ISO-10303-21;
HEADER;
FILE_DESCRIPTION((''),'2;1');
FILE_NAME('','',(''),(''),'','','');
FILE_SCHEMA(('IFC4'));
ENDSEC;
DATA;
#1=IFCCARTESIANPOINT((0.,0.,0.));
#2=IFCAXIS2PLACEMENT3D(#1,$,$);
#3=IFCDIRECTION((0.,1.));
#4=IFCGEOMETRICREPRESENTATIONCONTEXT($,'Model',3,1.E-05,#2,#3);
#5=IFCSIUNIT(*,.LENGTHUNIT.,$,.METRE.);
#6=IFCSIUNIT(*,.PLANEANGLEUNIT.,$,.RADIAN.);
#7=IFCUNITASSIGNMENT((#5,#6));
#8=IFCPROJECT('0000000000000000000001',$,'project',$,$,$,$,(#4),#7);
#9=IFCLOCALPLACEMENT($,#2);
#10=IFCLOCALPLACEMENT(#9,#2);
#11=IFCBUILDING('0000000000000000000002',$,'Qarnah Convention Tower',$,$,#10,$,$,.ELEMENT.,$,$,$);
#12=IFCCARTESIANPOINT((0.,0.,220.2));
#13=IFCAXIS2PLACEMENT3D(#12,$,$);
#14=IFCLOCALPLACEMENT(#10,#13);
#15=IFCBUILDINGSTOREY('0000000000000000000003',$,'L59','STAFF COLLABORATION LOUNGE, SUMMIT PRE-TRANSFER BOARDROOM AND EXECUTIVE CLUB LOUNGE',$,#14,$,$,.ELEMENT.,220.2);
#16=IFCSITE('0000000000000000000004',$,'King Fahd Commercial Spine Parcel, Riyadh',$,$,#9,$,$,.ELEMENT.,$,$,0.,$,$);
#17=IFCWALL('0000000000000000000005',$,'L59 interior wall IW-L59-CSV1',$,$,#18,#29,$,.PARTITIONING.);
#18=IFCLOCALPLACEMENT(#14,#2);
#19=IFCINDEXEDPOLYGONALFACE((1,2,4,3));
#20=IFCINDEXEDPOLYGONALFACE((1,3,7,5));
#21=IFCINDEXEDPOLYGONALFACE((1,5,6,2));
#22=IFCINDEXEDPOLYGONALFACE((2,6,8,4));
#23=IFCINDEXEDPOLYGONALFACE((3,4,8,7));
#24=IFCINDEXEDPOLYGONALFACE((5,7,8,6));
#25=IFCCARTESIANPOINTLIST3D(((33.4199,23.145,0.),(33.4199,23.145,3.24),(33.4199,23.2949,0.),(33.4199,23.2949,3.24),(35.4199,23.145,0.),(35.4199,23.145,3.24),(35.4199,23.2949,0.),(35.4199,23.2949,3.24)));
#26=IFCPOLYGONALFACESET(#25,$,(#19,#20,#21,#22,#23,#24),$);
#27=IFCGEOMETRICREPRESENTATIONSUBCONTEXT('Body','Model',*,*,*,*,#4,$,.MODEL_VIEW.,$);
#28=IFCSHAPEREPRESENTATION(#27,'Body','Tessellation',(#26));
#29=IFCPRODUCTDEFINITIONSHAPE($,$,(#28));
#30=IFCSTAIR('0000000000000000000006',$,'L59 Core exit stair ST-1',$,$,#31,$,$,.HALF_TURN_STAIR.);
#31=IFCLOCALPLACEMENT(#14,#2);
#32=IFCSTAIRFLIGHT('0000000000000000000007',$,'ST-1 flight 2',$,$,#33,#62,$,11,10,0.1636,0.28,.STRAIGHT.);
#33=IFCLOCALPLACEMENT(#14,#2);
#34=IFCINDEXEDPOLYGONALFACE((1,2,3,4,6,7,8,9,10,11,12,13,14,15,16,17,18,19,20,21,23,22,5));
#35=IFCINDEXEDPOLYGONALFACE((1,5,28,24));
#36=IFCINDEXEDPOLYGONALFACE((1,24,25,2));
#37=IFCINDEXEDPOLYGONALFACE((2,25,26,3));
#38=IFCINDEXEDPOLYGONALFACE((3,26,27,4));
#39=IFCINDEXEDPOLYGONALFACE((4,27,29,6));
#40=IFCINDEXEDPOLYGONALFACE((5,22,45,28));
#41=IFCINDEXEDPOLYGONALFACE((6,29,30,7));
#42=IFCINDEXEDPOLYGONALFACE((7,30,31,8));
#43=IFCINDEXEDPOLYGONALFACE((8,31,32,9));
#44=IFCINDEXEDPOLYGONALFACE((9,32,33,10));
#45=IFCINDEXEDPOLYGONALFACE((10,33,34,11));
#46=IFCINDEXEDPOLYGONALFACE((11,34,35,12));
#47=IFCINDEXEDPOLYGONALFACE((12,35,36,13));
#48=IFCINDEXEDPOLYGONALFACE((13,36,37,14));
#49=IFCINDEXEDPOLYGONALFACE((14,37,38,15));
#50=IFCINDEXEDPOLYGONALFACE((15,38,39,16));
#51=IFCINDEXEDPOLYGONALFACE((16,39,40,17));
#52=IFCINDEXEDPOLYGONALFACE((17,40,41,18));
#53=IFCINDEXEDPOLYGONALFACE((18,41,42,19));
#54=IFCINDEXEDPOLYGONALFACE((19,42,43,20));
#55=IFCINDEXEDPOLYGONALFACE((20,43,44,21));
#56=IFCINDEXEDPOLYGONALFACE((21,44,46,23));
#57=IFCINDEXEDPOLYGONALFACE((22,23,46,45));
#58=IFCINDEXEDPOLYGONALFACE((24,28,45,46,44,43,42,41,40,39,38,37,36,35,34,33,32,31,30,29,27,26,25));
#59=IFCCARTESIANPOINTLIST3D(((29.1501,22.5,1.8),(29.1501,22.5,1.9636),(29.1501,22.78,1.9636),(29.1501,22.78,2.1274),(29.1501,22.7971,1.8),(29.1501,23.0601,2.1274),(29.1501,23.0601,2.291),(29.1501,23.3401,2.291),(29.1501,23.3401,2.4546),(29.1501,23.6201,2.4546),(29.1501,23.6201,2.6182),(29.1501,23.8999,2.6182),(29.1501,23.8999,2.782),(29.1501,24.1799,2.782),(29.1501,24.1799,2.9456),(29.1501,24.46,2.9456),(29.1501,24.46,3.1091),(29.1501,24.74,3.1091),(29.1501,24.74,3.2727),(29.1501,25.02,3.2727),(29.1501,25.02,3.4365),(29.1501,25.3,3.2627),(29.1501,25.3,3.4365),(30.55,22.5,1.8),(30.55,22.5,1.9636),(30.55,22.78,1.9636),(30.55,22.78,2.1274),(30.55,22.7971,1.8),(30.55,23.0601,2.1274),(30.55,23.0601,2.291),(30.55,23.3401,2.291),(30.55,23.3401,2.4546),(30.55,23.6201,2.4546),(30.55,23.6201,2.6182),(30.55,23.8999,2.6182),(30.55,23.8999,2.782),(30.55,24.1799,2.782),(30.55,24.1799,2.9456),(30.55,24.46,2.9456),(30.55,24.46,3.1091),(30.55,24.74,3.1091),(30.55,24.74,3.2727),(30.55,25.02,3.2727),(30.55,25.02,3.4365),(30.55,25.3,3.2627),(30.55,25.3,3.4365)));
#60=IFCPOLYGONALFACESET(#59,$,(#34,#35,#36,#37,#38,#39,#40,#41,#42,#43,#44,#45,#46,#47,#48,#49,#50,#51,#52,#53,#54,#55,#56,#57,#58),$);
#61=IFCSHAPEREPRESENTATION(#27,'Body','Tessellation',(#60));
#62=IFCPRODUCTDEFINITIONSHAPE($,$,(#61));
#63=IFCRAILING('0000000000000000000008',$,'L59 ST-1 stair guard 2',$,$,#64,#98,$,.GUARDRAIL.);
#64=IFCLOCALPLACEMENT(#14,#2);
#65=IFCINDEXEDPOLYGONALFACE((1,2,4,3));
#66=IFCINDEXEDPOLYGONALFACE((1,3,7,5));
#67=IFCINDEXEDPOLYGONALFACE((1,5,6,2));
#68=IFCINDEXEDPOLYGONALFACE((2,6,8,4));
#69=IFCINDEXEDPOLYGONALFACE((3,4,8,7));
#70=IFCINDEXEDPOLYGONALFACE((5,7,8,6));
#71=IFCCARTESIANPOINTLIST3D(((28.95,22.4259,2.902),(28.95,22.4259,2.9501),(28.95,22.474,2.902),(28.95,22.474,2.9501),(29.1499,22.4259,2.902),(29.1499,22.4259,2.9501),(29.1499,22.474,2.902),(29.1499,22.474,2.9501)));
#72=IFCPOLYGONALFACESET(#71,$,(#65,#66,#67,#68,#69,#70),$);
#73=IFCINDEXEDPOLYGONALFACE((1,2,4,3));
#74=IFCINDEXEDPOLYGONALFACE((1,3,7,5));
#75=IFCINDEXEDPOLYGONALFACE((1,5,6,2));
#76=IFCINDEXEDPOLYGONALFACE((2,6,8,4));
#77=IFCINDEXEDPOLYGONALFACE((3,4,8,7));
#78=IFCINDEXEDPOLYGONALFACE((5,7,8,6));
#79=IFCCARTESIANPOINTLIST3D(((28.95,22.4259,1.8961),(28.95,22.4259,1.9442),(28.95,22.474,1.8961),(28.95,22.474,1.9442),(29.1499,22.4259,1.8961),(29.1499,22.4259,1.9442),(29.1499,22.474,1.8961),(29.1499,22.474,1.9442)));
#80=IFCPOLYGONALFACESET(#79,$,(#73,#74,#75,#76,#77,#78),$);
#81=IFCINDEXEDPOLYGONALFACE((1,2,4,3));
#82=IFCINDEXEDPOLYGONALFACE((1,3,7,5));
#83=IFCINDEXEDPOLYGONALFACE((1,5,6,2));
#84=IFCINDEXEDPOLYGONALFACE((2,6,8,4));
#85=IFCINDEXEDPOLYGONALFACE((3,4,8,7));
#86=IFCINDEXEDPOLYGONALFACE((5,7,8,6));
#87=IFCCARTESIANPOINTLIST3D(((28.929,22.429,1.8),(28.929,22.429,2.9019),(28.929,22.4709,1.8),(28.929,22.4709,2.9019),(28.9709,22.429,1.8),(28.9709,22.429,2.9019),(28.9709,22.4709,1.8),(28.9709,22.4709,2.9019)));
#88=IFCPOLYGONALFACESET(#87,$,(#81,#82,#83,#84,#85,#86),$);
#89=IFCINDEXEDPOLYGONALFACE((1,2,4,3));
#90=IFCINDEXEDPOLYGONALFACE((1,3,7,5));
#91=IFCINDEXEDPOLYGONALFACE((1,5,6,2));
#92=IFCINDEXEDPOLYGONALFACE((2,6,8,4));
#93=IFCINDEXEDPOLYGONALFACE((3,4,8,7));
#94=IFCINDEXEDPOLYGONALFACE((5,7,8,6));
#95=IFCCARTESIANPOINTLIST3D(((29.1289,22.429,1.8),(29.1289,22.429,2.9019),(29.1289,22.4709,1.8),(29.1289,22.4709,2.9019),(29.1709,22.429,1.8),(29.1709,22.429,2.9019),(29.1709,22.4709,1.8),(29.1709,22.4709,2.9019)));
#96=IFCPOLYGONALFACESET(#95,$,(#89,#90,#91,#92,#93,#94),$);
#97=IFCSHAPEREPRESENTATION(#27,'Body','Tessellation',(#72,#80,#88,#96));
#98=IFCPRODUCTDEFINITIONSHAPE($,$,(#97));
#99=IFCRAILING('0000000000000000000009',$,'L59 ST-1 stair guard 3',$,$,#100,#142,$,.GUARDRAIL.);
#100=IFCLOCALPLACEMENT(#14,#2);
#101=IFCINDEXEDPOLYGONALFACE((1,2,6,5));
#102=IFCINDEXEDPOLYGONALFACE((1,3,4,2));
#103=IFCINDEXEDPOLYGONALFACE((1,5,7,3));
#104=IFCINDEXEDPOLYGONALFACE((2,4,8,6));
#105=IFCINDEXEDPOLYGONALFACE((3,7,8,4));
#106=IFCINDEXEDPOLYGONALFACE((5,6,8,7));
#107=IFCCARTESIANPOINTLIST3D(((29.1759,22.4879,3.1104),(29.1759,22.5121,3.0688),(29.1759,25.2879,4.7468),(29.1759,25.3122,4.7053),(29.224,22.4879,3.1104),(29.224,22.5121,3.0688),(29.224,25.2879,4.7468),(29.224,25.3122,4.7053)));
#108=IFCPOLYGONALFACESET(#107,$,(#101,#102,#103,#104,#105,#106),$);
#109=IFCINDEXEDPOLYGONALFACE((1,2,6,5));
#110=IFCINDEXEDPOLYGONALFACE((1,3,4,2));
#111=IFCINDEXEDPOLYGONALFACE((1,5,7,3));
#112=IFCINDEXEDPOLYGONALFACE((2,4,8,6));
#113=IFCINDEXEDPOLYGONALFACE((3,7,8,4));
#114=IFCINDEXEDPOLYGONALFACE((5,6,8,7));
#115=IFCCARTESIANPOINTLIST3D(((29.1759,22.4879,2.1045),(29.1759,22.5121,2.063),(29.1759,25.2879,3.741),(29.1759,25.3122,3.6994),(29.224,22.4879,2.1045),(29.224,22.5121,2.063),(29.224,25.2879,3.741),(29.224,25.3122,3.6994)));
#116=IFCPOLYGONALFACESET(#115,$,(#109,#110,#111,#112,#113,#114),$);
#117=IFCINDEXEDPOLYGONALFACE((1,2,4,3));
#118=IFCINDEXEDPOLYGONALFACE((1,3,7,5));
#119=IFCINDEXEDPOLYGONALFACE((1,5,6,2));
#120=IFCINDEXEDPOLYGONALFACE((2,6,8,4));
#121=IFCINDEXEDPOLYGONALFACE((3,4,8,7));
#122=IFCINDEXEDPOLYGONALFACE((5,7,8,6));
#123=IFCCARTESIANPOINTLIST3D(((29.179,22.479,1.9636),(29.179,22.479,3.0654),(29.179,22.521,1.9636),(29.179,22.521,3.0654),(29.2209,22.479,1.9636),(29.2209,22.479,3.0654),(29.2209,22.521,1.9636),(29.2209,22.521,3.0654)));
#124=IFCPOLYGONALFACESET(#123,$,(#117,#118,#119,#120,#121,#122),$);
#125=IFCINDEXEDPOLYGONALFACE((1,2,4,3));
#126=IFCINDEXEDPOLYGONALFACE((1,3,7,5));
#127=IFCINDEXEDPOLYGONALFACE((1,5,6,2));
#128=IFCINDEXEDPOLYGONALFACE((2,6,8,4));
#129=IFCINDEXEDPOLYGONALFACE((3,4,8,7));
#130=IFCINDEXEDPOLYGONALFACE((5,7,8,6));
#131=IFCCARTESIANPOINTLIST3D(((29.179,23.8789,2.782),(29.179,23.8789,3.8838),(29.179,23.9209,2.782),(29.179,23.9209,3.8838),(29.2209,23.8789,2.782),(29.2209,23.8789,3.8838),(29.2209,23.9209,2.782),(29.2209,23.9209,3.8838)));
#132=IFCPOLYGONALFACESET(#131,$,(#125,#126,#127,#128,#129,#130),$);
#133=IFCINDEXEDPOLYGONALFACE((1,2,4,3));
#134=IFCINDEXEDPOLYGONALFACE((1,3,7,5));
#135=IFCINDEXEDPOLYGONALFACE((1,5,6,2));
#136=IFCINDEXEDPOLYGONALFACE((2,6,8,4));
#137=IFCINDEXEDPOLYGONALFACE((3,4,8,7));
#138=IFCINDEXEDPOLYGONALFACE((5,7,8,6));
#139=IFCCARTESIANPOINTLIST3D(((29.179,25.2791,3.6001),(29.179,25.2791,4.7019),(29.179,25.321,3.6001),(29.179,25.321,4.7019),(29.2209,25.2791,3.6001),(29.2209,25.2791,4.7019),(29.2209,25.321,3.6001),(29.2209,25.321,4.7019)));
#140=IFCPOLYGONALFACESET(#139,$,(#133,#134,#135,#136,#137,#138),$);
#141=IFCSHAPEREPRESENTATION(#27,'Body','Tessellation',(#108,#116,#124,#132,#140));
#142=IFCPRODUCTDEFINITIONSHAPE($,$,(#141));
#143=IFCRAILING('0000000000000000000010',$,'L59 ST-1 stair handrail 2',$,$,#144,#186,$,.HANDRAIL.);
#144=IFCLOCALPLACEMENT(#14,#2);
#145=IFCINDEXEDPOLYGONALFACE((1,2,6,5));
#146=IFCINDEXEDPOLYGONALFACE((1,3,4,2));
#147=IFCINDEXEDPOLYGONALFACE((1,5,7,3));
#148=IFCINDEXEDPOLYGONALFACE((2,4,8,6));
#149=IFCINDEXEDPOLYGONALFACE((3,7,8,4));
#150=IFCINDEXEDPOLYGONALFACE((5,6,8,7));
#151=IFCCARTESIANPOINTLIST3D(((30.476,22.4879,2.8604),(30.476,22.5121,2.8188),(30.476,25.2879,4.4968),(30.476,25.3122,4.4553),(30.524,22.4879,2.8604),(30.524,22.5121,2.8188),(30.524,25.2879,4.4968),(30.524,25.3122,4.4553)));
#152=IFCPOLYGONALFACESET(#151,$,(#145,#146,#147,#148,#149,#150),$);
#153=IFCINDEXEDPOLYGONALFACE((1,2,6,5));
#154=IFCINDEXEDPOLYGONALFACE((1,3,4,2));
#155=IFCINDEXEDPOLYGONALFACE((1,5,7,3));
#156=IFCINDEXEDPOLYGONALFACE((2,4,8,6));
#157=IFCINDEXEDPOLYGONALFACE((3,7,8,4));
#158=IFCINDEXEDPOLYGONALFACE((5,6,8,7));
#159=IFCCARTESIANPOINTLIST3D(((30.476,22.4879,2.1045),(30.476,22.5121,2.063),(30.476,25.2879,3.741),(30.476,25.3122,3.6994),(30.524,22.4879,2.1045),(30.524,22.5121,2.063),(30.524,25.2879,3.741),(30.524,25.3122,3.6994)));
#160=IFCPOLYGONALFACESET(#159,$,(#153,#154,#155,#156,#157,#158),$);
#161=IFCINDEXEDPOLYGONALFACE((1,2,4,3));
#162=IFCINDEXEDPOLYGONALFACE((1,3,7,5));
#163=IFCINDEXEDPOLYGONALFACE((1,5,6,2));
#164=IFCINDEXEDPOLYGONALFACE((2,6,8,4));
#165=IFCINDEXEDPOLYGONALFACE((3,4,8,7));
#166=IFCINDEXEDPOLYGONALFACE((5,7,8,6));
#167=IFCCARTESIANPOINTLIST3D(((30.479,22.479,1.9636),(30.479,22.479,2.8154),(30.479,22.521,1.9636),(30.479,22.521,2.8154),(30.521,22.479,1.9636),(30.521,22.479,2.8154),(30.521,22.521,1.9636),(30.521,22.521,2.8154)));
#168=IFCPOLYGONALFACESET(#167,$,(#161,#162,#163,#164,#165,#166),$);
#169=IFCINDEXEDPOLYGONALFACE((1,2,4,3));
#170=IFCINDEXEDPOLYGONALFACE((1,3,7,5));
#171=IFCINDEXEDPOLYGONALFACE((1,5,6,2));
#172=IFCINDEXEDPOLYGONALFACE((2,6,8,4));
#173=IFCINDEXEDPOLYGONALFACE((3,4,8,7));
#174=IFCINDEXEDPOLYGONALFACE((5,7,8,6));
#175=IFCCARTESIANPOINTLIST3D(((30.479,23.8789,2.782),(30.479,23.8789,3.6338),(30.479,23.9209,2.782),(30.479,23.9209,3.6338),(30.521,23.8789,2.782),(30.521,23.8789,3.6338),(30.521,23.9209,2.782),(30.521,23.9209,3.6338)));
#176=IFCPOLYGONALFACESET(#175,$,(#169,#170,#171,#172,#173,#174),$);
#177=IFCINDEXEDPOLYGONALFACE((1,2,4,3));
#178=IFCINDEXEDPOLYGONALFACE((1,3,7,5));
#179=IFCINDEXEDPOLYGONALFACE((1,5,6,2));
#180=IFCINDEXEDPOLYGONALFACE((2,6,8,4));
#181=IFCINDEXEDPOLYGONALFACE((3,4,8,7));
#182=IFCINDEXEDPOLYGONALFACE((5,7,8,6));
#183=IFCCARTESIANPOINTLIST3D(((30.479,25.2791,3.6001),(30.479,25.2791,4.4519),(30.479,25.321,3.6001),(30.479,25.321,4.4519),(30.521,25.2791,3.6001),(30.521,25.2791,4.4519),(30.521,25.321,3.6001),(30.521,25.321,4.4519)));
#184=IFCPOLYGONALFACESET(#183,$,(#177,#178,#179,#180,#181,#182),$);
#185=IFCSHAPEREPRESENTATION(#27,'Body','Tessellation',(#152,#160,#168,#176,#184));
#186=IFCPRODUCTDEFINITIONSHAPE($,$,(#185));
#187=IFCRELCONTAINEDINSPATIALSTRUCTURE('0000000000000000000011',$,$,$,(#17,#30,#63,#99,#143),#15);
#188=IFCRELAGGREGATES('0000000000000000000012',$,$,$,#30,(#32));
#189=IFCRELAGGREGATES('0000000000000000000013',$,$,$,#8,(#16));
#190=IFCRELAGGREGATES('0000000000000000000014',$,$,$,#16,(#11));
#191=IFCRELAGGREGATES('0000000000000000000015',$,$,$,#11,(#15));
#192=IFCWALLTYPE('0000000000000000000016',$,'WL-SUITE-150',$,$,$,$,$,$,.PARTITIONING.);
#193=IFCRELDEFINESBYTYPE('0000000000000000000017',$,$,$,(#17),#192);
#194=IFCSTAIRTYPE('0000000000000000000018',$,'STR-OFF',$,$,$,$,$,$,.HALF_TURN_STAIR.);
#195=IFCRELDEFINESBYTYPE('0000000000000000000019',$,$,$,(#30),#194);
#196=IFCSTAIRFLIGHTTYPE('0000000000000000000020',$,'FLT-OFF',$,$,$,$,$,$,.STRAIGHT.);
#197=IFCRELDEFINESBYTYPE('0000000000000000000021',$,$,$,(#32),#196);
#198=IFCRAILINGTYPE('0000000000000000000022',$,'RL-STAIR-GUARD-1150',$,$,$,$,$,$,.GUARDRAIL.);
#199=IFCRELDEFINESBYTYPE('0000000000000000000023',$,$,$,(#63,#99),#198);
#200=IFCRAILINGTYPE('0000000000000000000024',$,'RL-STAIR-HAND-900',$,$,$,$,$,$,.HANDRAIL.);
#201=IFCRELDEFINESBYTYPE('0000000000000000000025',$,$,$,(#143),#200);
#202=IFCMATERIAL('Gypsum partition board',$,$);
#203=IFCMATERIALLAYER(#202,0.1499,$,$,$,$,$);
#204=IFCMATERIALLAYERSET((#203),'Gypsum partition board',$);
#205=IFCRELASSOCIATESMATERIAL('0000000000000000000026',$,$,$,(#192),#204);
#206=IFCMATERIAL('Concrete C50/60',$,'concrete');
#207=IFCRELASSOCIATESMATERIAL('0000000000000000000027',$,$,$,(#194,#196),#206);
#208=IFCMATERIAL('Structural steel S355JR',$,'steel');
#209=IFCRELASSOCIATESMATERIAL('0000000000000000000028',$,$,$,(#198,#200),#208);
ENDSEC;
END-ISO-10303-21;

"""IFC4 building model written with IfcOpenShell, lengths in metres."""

from ifc_helpers import new_model, si_unit, direction, frame, frame_2d, origin, origin_2d, place, context, subcontext, project, spatial, polyline, rectangle, outline, extrude, material, layer, layer_set, type_object, element, aggregate, save


model = new_model("IFC4")

# Units and contexts
model_context = context("Model", 3, precision=1e-05, world=origin(), true_north=direction((0.0, 1.0)))
body_context = subcontext(model_context, "Body", "Model", "MODEL_VIEW")
ifc_project = project(units=[si_unit("LENGTHUNIT", "METRE"), si_unit("PLANEANGLEUNIT", "RADIAN")], contexts=[model_context])

# Site, building, storey
site_placement = place(None, origin())
site = spatial("IfcSite", under=ifc_project, at=site_placement, Name="King Fahd Commercial Spine Parcel, Riyadh", CompositionType="ELEMENT", RefElevation=0.0)
building_placement = place(site_placement, origin())
building = spatial("IfcBuilding", under=site, at=building_placement, Name="Qarnah Convention Tower", CompositionType="ELEMENT")
storey_placement = place(building_placement, frame((0.0, 0.0, 220.2)))
storey = spatial("IfcBuildingStorey", under=building, at=storey_placement, Name="L59", Description="STAFF COLLABORATION LOUNGE, SUMMIT PRE-TRANSFER BOARDROOM AND EXECUTIVE CLUB LOUNGE", CompositionType="ELEMENT", Elevation=220.2)

# Shared definitions
ifc_material_1 = material(Name="Structural steel S355JR", Category="steel")

# Wall
ifc_material_2 = material(Name="Gypsum partition board")
ifc_layer_1 = layer(ifc_material_2, 0.1499)
ifc_layer_set_1 = layer_set([ifc_layer_1], Name="Gypsum partition board")
wall_type_1 = type_object("IfcWallType", Name="WL-SUITE-150", PredefinedType="PARTITIONING", material=ifc_layer_set_1)
wall_1_placement = place(storey_placement, frame((33.4199, 23.22, 0.0), z_axis=(0.0, 0.0, 1.0), x_axis=(1.0, 0.0, 0.0)))
element("IfcWall", 1, at=wall_1_placement, inside=storey, type_object=wall_type_1, Name="L59 interior wall IW-L59-CSV1", PredefinedType="PARTITIONING", context=body_context, shape_type="SweptSolid", body=[
    extrude(rectangle(XDim=2.0, YDim=0.1499, at=frame_2d((1.0, 0.0))), origin(), (0.0, 0.0, 1.0), 3.24),
])

# Stair, stair flight
ifc_material_3 = material(Name="Concrete C50/60", Category="concrete")
stair_type = type_object("IfcStairType", Name="STR-OFF", PredefinedType="HALF_TURN_STAIR", material=ifc_material_3)
stair_placement = place(storey_placement, origin())
stair = element("IfcStair", 2, at=stair_placement, inside=storey, type_object=stair_type, Name="L59 Core exit stair ST-1", PredefinedType="HALF_TURN_STAIR")
stair_flight_type = type_object("IfcStairFlightType", Name="FLT-OFF", PredefinedType="STRAIGHT", material=ifc_material_3)
stair_flight_placement = place(storey_placement, frame((29.8501, 22.5, 1.8), z_axis=(0.0, 0.0, 1.0), x_axis=(0.0, 1.0, 0.0)))
stair_flight = element("IfcStairFlight", 3, at=stair_flight_placement, type_object=stair_flight_type, Name="ST-1 flight 2", NumberOfRisers=11, NumberOfTreads=10, PredefinedType="STRAIGHT", RiserHeight=0.1636, TreadLength=0.28, context=body_context, shape_type="SweptSolid", body=[
    extrude(outline(polyline([(0.0, 0.0), (0.0, 0.1636), (0.28, 0.1636), (0.28, 0.3274), (0.5601, 0.3274), (0.5601, 0.491), (0.8401, 0.491), (0.8401, 0.6545), (1.1201, 0.6545), (1.1201, 0.8181), (1.3999, 0.8181), (1.3999, 0.9819), (1.6799, 0.9819), (1.6799, 1.1455), (1.96, 1.1455), (1.96, 1.3091), (2.24, 1.3091), (2.24, 1.4727), (2.52, 1.4727), (2.52, 1.6365), (2.8, 1.6365), (2.8, 1.8), (2.8, 1.4626), (0.2971, 0.0), (0.0, 0.0)])), frame((0.0, 0.7, 0.0), z_axis=(0.0, -1.0, 0.0), x_axis=(1.0, 0.0, 0.0)), (0.0, 0.0, 1.0), 1.3999),
])
aggregate(stair, [stair_flight])

# Railings
railing_type_1 = type_object("IfcRailingType", Name="RL-STAIR-GUARD-1150", PredefinedType="GUARDRAIL", material=ifc_material_1)
railing_1_placement = place(storey_placement, frame((28.95, 22.45, 1.8)))
element("IfcRailing", 4, at=railing_1_placement, inside=storey, type_object=railing_type_1, Name="L59 ST-1 stair guard 2", PredefinedType="GUARDRAIL", context=body_context, shape_type="SweptSolid", body=[
    extrude(rectangle(XDim=0.0481, YDim=0.0481, at=origin_2d()), frame((0.0, 0.0, 1.126), z_axis=(1.0, 0.0, 0.0), x_axis=(0.0, 1.0, 0.0)), (0.0, 0.0, 1.0), 0.2),
    extrude(rectangle(XDim=0.0481, YDim=0.0481, at=origin_2d()), frame((0.0, 0.0, 0.1201), z_axis=(1.0, 0.0, 0.0), x_axis=(0.0, 1.0, 0.0)), (0.0, 0.0, 1.0), 0.2),
    extrude(rectangle(XDim=0.042, YDim=0.042, at=origin_2d()), origin(), (0.0, 0.0, 1.0), 1.1018),
    extrude(rectangle(XDim=0.042, YDim=0.042, at=origin_2d()), frame((0.2, 0.0, 0.0)), (0.0, 0.0, 1.0), 1.1018),
])
railing_2_placement = place(storey_placement, frame((29.2, 22.5, 1.9636)))
element("IfcRailing", 5, at=railing_2_placement, inside=storey, type_object=railing_type_1, Name="L59 ST-1 stair guard 3", PredefinedType="GUARDRAIL", context=body_context, shape_type="SweptSolid", body=[
    extrude(rectangle(XDim=0.0481, YDim=0.0481, at=origin_2d()), frame((0.0, 0.0, 1.126), z_axis=(0.0, 0.863361, 0.504587), x_axis=(-1.0, 0.0, 0.0)), (0.0, 0.0, 1.0), 3.2432),
    extrude(rectangle(XDim=0.0481, YDim=0.0481, at=origin_2d()), frame((0.0, 0.0, 0.1201), z_axis=(0.0, 0.863361, 0.504587), x_axis=(-1.0, 0.0, 0.0)), (0.0, 0.0, 1.0), 3.2432),
    extrude(rectangle(XDim=0.042, YDim=0.042, at=origin_2d()), origin(), (0.0, 0.0, 1.0), 1.1018),
    extrude(rectangle(XDim=0.042, YDim=0.042, at=origin_2d()), frame((0.0, 1.3999, 0.8184)), (0.0, 0.0, 1.0), 1.1018),
    extrude(rectangle(XDim=0.042, YDim=0.042, at=origin_2d()), frame((0.0, 2.8, 1.6365)), (0.0, 0.0, 1.0), 1.1018),
])
railing_type_2 = type_object("IfcRailingType", Name="RL-STAIR-HAND-900", PredefinedType="HANDRAIL", material=ifc_material_1)
railing_3_placement = place(storey_placement, frame((30.5, 22.5, 1.9636)))
element("IfcRailing", 6, at=railing_3_placement, inside=storey, type_object=railing_type_2, Name="L59 ST-1 stair handrail 2", PredefinedType="HANDRAIL", context=body_context, shape_type="SweptSolid", body=[
    extrude(rectangle(XDim=0.0481, YDim=0.0481, at=origin_2d()), frame((0.0, 0.0, 0.876), z_axis=(0.0, 0.863361, 0.504587), x_axis=(-1.0, 0.0, 0.0)), (0.0, 0.0, 1.0), 3.2432),
    extrude(rectangle(XDim=0.0481, YDim=0.0481, at=origin_2d()), frame((0.0, 0.0, 0.1201), z_axis=(0.0, 0.863361, 0.504587), x_axis=(-1.0, 0.0, 0.0)), (0.0, 0.0, 1.0), 3.2432),
    extrude(rectangle(XDim=0.042, YDim=0.042, at=origin_2d()), origin(), (0.0, 0.0, 1.0), 0.8518),
    extrude(rectangle(XDim=0.042, YDim=0.042, at=origin_2d()), frame((0.0, 1.3999, 0.8184)), (0.0, 0.0, 1.0), 0.8518),
    extrude(rectangle(XDim=0.042, YDim=0.042, at=origin_2d()), frame((0.0, 2.8, 1.6365)), (0.0, 0.0, 1.0), 0.8518),
])

save(model, "model.ifc")
